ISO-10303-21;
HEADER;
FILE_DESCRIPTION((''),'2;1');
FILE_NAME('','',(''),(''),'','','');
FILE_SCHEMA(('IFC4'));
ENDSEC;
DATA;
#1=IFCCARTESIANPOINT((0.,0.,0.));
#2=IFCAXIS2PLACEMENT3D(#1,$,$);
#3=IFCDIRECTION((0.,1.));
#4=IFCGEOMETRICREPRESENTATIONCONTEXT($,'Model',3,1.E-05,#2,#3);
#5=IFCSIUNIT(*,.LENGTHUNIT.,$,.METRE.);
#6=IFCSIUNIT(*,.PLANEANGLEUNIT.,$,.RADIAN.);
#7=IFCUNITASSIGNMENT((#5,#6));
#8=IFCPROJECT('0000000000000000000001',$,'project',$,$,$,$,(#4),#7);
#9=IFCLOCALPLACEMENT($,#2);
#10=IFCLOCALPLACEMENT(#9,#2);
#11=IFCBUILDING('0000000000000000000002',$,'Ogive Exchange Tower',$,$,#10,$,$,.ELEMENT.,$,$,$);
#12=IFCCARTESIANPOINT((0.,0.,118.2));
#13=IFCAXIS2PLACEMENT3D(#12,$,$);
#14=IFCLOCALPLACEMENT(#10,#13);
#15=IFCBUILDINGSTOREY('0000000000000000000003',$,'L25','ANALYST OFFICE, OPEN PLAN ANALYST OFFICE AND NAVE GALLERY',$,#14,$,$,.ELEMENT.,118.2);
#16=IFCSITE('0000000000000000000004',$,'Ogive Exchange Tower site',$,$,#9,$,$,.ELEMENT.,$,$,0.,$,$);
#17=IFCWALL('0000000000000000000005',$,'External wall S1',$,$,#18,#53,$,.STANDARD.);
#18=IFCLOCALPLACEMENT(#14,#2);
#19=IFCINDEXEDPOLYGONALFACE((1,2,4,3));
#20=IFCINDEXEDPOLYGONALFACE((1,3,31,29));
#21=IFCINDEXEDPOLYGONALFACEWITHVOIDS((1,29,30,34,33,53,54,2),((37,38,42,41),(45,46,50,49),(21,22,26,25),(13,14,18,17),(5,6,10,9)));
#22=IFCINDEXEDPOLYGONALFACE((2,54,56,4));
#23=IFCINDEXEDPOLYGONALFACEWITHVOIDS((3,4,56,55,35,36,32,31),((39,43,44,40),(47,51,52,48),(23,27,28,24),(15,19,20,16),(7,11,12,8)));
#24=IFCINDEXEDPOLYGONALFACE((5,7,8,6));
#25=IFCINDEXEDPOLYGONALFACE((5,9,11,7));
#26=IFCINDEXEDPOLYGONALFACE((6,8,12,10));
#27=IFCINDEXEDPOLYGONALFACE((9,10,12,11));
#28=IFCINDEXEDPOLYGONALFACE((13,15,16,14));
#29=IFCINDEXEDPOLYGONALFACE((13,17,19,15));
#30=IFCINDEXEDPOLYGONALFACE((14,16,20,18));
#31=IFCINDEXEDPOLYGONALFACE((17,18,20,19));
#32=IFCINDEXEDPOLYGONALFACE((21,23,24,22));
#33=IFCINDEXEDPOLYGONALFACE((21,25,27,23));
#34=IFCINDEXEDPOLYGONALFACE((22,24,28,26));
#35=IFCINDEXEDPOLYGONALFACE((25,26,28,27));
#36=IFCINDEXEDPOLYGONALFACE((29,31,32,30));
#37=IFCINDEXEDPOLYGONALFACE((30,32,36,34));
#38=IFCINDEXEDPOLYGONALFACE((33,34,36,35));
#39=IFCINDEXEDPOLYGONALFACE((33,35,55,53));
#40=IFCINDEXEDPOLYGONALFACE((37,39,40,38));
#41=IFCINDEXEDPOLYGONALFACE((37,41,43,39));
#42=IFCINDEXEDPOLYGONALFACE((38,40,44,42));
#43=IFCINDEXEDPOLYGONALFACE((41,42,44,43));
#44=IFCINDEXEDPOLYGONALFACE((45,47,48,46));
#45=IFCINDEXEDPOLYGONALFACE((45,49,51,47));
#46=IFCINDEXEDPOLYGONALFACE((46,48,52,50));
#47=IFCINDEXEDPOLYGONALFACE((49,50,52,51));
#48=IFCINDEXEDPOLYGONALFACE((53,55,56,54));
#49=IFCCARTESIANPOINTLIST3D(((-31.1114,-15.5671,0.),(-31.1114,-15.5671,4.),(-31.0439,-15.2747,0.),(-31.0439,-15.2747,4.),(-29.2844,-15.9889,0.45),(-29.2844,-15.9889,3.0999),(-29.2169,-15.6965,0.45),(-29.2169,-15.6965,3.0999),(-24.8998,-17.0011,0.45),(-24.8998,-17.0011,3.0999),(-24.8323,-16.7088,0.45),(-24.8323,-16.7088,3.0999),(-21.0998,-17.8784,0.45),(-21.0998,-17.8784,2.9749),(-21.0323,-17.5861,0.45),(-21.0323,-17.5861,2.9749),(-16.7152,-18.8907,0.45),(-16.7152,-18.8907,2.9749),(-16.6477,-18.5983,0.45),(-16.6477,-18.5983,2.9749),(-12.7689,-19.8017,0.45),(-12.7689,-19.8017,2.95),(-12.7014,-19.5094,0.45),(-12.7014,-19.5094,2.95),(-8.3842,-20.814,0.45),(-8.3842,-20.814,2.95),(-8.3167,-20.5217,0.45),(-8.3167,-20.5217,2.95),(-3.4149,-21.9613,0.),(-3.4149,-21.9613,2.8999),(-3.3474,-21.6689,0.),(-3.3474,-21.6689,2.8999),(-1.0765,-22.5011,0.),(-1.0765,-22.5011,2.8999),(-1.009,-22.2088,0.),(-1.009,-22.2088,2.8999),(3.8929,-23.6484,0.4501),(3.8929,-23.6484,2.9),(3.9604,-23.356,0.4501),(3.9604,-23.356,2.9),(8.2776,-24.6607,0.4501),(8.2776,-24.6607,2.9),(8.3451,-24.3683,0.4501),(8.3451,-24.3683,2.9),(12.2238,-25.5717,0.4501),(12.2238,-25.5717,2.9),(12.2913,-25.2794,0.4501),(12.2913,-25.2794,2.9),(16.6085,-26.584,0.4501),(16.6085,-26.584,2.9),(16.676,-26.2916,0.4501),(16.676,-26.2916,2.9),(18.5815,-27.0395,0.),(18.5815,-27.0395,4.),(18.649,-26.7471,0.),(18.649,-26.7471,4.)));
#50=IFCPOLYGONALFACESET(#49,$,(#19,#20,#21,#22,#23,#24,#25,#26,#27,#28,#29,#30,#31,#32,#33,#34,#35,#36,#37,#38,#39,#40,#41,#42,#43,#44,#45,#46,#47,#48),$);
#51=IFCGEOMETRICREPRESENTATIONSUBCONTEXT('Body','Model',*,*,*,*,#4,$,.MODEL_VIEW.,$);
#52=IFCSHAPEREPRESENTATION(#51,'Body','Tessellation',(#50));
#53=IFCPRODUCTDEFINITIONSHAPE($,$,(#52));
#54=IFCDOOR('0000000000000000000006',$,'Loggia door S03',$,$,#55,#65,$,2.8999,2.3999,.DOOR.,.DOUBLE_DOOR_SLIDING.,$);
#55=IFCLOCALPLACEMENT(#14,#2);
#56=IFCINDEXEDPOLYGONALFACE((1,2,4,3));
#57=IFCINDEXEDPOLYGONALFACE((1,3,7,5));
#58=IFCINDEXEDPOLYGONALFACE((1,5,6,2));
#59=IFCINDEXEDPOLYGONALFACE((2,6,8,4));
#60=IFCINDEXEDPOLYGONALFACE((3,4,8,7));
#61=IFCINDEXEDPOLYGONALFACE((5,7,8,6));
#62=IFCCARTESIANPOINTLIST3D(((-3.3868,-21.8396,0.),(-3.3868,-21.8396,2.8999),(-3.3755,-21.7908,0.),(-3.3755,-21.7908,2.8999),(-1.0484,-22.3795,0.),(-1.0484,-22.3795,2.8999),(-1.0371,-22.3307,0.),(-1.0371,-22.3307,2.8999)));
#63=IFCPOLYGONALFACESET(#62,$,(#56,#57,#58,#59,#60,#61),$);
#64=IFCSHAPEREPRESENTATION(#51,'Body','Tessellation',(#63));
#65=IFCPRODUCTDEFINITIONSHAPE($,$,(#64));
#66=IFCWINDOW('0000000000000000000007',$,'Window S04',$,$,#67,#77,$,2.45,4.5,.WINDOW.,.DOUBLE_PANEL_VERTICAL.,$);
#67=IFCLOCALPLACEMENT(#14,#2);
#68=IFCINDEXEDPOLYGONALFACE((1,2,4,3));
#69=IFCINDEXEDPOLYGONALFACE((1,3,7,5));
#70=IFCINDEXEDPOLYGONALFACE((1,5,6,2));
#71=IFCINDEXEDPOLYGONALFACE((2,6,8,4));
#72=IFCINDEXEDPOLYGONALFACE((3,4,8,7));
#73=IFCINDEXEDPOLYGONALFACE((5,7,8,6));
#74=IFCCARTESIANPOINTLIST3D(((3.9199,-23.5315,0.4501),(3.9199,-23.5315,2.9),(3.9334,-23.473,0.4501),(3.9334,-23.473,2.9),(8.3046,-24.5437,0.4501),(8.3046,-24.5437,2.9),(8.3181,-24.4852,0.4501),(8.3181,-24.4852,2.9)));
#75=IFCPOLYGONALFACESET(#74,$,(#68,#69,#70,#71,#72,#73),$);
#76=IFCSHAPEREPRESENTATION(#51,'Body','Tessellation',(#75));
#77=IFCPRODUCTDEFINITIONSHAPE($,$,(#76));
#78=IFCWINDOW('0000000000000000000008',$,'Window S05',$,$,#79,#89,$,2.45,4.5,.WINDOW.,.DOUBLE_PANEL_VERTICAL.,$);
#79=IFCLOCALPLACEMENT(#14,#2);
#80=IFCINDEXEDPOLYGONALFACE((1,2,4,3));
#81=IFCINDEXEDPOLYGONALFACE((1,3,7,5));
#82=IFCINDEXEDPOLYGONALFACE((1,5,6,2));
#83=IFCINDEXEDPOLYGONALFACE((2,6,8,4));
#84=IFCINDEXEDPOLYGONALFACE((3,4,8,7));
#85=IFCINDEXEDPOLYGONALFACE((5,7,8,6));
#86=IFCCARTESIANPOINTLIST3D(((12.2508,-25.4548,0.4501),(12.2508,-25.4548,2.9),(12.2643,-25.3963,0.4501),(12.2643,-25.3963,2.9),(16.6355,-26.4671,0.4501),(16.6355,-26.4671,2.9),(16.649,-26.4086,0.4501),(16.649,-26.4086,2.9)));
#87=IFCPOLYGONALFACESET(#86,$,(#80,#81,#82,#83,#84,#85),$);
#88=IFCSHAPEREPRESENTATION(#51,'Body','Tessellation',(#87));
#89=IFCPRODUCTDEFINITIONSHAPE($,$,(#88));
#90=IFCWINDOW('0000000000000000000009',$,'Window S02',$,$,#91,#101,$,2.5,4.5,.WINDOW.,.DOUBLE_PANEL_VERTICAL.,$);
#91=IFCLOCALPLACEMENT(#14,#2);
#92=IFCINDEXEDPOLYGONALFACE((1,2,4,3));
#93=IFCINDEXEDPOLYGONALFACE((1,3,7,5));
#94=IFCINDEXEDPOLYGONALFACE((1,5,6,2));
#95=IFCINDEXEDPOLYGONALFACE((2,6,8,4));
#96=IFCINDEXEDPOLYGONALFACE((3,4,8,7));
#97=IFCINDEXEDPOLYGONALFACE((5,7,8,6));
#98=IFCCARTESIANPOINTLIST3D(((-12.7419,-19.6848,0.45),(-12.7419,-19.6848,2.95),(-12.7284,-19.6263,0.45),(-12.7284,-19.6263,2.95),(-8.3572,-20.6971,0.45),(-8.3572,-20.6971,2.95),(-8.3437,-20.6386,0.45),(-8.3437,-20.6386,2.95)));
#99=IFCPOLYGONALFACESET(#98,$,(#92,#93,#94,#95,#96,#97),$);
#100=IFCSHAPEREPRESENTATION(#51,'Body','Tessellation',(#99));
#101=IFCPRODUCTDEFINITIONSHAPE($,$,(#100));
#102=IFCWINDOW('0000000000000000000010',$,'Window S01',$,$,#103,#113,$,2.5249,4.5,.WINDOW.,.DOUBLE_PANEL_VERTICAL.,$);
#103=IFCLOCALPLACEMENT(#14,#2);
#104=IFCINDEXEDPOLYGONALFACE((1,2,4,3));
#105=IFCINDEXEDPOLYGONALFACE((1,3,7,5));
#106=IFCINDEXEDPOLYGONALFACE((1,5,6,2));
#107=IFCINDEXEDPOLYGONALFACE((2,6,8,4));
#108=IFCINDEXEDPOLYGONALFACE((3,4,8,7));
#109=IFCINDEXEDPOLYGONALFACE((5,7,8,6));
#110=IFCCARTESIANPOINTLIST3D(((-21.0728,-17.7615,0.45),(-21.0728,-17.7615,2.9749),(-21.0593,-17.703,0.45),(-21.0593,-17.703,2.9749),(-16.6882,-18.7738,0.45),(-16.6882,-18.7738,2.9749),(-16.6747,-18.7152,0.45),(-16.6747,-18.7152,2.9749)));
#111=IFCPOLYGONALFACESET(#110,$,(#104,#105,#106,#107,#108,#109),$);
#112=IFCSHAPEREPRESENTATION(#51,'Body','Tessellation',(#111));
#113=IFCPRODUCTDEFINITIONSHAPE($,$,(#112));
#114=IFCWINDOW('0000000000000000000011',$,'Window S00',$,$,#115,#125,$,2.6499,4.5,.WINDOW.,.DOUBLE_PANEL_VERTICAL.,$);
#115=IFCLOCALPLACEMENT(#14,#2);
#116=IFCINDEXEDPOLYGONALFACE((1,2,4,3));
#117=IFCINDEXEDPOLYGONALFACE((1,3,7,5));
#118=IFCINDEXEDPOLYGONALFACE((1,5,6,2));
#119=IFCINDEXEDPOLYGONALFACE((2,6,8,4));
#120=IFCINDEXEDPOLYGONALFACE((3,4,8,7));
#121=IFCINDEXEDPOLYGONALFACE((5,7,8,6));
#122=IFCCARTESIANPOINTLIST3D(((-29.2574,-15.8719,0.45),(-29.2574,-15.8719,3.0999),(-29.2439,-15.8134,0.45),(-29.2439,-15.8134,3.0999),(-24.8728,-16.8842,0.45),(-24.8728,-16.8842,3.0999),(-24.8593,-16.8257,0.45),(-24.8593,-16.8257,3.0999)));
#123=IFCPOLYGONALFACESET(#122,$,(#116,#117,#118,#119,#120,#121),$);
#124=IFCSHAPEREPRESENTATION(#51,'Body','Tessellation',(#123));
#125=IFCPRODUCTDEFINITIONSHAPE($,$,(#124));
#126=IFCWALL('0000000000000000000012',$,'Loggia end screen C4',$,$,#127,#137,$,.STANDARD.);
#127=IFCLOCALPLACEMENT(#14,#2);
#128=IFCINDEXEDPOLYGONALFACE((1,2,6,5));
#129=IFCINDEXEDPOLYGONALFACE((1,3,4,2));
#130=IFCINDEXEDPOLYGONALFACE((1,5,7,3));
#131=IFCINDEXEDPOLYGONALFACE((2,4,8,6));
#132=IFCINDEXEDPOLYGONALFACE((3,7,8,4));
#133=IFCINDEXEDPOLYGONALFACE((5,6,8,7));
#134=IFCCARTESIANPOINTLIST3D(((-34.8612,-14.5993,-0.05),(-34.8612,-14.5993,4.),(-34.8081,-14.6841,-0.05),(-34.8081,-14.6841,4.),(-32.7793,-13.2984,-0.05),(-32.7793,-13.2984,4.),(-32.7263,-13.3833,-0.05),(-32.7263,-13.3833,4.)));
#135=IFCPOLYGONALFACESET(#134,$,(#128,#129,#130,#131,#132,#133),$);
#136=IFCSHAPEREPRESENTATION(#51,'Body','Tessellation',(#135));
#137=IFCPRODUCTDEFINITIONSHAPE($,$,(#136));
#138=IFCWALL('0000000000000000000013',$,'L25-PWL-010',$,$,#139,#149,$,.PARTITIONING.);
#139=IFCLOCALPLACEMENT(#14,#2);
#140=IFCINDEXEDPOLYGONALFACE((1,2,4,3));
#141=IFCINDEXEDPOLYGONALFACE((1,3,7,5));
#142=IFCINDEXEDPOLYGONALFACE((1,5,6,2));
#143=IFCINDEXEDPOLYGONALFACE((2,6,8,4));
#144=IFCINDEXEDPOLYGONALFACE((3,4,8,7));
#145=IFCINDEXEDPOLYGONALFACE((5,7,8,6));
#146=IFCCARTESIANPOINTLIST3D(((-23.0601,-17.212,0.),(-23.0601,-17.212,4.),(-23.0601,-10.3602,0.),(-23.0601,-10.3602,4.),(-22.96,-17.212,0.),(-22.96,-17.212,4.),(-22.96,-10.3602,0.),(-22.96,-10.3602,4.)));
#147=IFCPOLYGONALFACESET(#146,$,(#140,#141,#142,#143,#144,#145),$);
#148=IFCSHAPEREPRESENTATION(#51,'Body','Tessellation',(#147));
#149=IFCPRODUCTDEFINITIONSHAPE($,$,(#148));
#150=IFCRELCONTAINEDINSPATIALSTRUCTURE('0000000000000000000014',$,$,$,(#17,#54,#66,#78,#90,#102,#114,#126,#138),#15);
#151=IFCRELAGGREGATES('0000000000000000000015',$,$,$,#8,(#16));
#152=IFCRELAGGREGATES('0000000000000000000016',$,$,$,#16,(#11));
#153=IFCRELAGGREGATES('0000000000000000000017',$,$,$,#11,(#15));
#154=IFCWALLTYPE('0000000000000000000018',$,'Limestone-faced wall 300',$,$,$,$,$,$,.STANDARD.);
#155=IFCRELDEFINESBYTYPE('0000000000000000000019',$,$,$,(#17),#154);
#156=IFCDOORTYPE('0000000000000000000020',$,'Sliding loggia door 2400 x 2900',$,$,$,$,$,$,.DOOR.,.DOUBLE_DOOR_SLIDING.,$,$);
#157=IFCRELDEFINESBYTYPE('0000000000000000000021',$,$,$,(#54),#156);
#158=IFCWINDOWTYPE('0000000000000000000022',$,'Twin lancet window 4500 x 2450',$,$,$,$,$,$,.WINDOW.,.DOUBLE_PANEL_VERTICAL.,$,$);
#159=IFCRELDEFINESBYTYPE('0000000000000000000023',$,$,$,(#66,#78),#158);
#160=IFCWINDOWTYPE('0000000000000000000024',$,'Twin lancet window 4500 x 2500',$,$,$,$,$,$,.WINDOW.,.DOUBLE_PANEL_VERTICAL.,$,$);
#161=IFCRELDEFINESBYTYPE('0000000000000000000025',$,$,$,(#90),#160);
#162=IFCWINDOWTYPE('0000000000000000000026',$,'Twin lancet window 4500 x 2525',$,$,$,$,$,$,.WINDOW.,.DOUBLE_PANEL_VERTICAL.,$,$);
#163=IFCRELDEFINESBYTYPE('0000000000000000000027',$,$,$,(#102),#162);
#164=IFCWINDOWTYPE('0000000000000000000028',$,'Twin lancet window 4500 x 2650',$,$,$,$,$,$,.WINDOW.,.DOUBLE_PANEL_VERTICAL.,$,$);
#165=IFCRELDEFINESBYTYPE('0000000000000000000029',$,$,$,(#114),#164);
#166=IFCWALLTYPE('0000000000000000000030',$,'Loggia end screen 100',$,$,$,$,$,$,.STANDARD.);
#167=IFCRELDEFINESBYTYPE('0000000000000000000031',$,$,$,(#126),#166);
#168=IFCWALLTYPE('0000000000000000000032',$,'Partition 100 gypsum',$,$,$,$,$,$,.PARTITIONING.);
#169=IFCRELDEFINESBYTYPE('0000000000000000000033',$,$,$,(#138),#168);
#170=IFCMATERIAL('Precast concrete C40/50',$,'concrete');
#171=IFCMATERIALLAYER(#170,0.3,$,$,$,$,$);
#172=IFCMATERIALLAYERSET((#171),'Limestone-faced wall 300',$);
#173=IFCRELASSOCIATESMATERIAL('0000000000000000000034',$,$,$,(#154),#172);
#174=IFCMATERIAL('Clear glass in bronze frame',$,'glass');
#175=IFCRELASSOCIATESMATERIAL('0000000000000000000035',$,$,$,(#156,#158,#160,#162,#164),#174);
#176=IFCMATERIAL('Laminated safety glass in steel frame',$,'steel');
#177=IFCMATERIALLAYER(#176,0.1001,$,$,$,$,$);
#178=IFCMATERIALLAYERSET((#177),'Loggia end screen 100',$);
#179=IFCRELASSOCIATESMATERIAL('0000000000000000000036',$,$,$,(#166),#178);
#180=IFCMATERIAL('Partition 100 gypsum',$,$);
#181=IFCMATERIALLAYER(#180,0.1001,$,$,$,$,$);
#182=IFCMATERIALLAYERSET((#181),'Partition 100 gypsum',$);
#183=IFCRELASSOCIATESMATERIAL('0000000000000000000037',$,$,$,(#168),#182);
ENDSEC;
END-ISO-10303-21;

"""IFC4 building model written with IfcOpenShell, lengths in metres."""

from ifc_helpers import new_model, si_unit, direction, frame, frame_2d, origin, place, context, subcontext, project, spatial, rectangle, extrude, material, layer, layer_set, type_object, element, fill, save


model = new_model("IFC4")

# Units and contexts
model_context = context("Model", 3, precision=1e-05, world=origin(), true_north=direction((0.0, 1.0)))
body_context = subcontext(model_context, "Body", "Model", "MODEL_VIEW")
ifc_project = project(units=[si_unit("LENGTHUNIT", "METRE"), si_unit("PLANEANGLEUNIT", "RADIAN")], contexts=[model_context])

# Site, building, storey
site_placement = place(None, origin())
site = spatial("IfcSite", under=ifc_project, at=site_placement, Name="Ogive Exchange Tower site", CompositionType="ELEMENT", RefElevation=0.0)
building_placement = place(site_placement, origin())
building = spatial("IfcBuilding", under=site, at=building_placement, Name="Ogive Exchange Tower", CompositionType="ELEMENT")
storey_placement = place(building_placement, frame((0.0, 0.0, 118.2)))
storey = spatial("IfcBuildingStorey", under=building, at=storey_placement, Name="L25", Description="ANALYST OFFICE, OPEN PLAN ANALYST OFFICE AND NAVE GALLERY", CompositionType="ELEMENT", Elevation=118.2)

# Wall, openings, door, windows
ifc_material_1 = material(Name="Precast concrete C40/50", Category="concrete")
ifc_layer_1 = layer(ifc_material_1, 0.3)
ifc_layer_set_1 = layer_set([ifc_layer_1], Name="Limestone-faced wall 300")
wall_type_1 = type_object("IfcWallType", Name="Limestone-faced wall 300", PredefinedType="STANDARD", material=ifc_layer_set_1)
wall_1_placement = place(storey_placement, frame((-31.0776, -15.4209, 0.0), z_axis=(0.0, 0.0, 1.0), x_axis=(0.97437, -0.224949, 0.0)))
wall_1 = element("IfcWall", 1, at=wall_1_placement, inside=storey, type_object=wall_type_1, Name="External wall S1", PredefinedType="STANDARD", context=body_context, shape_type="SweptSolid", body=[
    extrude(rectangle(XDim=51.0, YDim=0.3, at=frame_2d((25.5, 0.0))), origin(), (0.0, 0.0, 1.0), 4.0),
])
opening_1_placement = place(wall_1_placement, frame((1.875, 0.0, 0.45)))
opening_1 = element("IfcOpeningElement", 2, at=opening_1_placement, cuts=wall_1, PredefinedType="OPENING", context=body_context, shape_type="SweptSolid", body=[
    extrude(rectangle(XDim=4.5, YDim=2.6499, at=frame_2d((2.25, 1.325))), frame((0.0, 0.1599, 0.0), z_axis=(0.0, -1.0, 0.0), x_axis=(1.0, 0.0, 0.0)), (0.0, 0.0, 1.0), 0.3201),
])
opening_2_placement = place(wall_1_placement, frame((10.2749, 0.0, 0.45)))
opening_2 = element("IfcOpeningElement", 3, at=opening_2_placement, cuts=wall_1, PredefinedType="OPENING", context=body_context, shape_type="SweptSolid", body=[
    extrude(rectangle(XDim=4.5, YDim=2.5249, at=frame_2d((2.25, 1.2625))), frame((0.0, 0.1599, 0.0), z_axis=(0.0, -1.0, 0.0), x_axis=(1.0, 0.0, 0.0)), (0.0, 0.0, 1.0), 0.3201),
])
opening_3_placement = place(wall_1_placement, frame((18.825, 0.0, 0.45)))
opening_3 = element("IfcOpeningElement", 4, at=opening_3_placement, cuts=wall_1, PredefinedType="OPENING", context=body_context, shape_type="SweptSolid", body=[
    extrude(rectangle(XDim=4.5, YDim=2.5, at=frame_2d((2.25, 1.25))), frame((0.0, 0.1599, 0.0), z_axis=(0.0, -1.0, 0.0), x_axis=(1.0, 0.0, 0.0)), (0.0, 0.0, 1.0), 0.3201),
])
opening_4_placement = place(wall_1_placement, frame((28.425, 0.0, 0.0)))
opening_4 = element("IfcOpeningElement", 5, at=opening_4_placement, cuts=wall_1, PredefinedType="OPENING", context=body_context, shape_type="SweptSolid", body=[
    extrude(rectangle(XDim=2.3999, YDim=2.8999, at=frame_2d((1.2, 1.45))), frame((0.0, 0.1599, 0.0), z_axis=(0.0, -1.0, 0.0), x_axis=(1.0, 0.0, 0.0)), (0.0, 0.0, 1.0), 0.3201),
])
opening_5_placement = place(wall_1_placement, frame((35.925, 0.0, 0.45)))
opening_5 = element("IfcOpeningElement", 6, at=opening_5_placement, cuts=wall_1, PredefinedType="OPENING", context=body_context, shape_type="SweptSolid", body=[
    extrude(rectangle(XDim=4.5, YDim=2.45, at=frame_2d((2.25, 1.2251))), frame((0.0, 0.1599, 0.0), z_axis=(0.0, -1.0, 0.0), x_axis=(1.0, 0.0, 0.0)), (0.0, 0.0, 1.0), 0.3201),
])
opening_6_placement = place(wall_1_placement, frame((44.4751, 0.0, 0.45)))
opening_6 = element("IfcOpeningElement", 7, at=opening_6_placement, cuts=wall_1, PredefinedType="OPENING", context=body_context, shape_type="SweptSolid", body=[
    extrude(rectangle(XDim=4.5, YDim=2.45, at=frame_2d((2.25, 1.2251))), frame((0.0, 0.1599, 0.0), z_axis=(0.0, -1.0, 0.0), x_axis=(1.0, 0.0, 0.0)), (0.0, 0.0, 1.0), 0.3201),
])
ifc_material_2 = material(Name="Clear glass in bronze frame", Category="glass")
door_type_1 = type_object("IfcDoorType", Name="Sliding loggia door 2400 x 2900", OperationType="DOUBLE_DOOR_SLIDING", PredefinedType="DOOR", material=ifc_material_2)
door_1_placement = place(opening_4_placement, origin())
door_1 = element("IfcDoor", 8, at=door_1_placement, inside=storey, type_object=door_type_1, Name="Loggia door S03", OperationType="DOUBLE_DOOR_SLIDING", OverallHeight=2.8999, OverallWidth=2.3999, PredefinedType="DOOR", context=body_context, shape_type="SweptSolid", body=[
    extrude(rectangle(XDim=2.3999, YDim=2.8999, at=frame_2d((1.2, 1.45))), frame((0.0, 0.0249, 0.0), z_axis=(0.0, -1.0, 0.0), x_axis=(1.0, 0.0, 0.0)), (0.0, 0.0, 1.0), 0.05),
])
fill(opening_4, door_1)
window_type_1 = type_object("IfcWindowType", Name="Twin lancet window 4500 x 2450", PartitioningType="DOUBLE_PANEL_VERTICAL", PredefinedType="WINDOW", material=ifc_material_2)
window_1_placement = place(opening_5_placement, origin())
window_1 = element("IfcWindow", 9, at=window_1_placement, inside=storey, type_object=window_type_1, Name="Window S04", OverallHeight=2.45, OverallWidth=4.5, PartitioningType="DOUBLE_PANEL_VERTICAL", PredefinedType="WINDOW", context=body_context, shape_type="SweptSolid", body=[
    extrude(rectangle(XDim=4.5, YDim=2.45, at=frame_2d((2.25, 1.2251))), frame((0.0, 0.03, 0.0), z_axis=(0.0, -1.0, 0.0), x_axis=(1.0, 0.0, 0.0)), (0.0, 0.0, 1.0), 0.0601),
])
fill(opening_5, window_1)
window_2_placement = place(opening_6_placement, origin())
window_2 = element("IfcWindow", 10, at=window_2_placement, inside=storey, type_object=window_type_1, Name="Window S05", OverallHeight=2.45, OverallWidth=4.5, PartitioningType="DOUBLE_PANEL_VERTICAL", PredefinedType="WINDOW", context=body_context, shape_type="SweptSolid", body=[
    extrude(rectangle(XDim=4.5, YDim=2.45, at=frame_2d((2.25, 1.2251))), frame((0.0, 0.03, 0.0), z_axis=(0.0, -1.0, 0.0), x_axis=(1.0, 0.0, 0.0)), (0.0, 0.0, 1.0), 0.0601),
])
fill(opening_6, window_2)
window_type_2 = type_object("IfcWindowType", Name="Twin lancet window 4500 x 2500", PartitioningType="DOUBLE_PANEL_VERTICAL", PredefinedType="WINDOW", material=ifc_material_2)
window_3_placement = place(opening_3_placement, origin())
window_3 = element("IfcWindow", 11, at=window_3_placement, inside=storey, type_object=window_type_2, Name="Window S02", OverallHeight=2.5, OverallWidth=4.5, PartitioningType="DOUBLE_PANEL_VERTICAL", PredefinedType="WINDOW", context=body_context, shape_type="SweptSolid", body=[
    extrude(rectangle(XDim=4.5, YDim=2.5, at=frame_2d((2.25, 1.25))), frame((0.0, 0.03, 0.0), z_axis=(0.0, -1.0, 0.0), x_axis=(1.0, 0.0, 0.0)), (0.0, 0.0, 1.0), 0.0601),
])
fill(opening_3, window_3)
window_type_3 = type_object("IfcWindowType", Name="Twin lancet window 4500 x 2525", PartitioningType="DOUBLE_PANEL_VERTICAL", PredefinedType="WINDOW", material=ifc_material_2)
window_4_placement = place(opening_2_placement, origin())
window_4 = element("IfcWindow", 12, at=window_4_placement, inside=storey, type_object=window_type_3, Name="Window S01", OverallHeight=2.5249, OverallWidth=4.5, PartitioningType="DOUBLE_PANEL_VERTICAL", PredefinedType="WINDOW", context=body_context, shape_type="SweptSolid", body=[
    extrude(rectangle(XDim=4.5, YDim=2.5249, at=frame_2d((2.25, 1.2625))), frame((0.0, 0.03, 0.0), z_axis=(0.0, -1.0, 0.0), x_axis=(1.0, 0.0, 0.0)), (0.0, 0.0, 1.0), 0.0601),
])
fill(opening_2, window_4)
window_type_4 = type_object("IfcWindowType", Name="Twin lancet window 4500 x 2650", PartitioningType="DOUBLE_PANEL_VERTICAL", PredefinedType="WINDOW", material=ifc_material_2)
window_5_placement = place(opening_1_placement, origin())
window_5 = element("IfcWindow", 13, at=window_5_placement, inside=storey, type_object=window_type_4, Name="Window S00", OverallHeight=2.6499, OverallWidth=4.5, PartitioningType="DOUBLE_PANEL_VERTICAL", PredefinedType="WINDOW", context=body_context, shape_type="SweptSolid", body=[
    extrude(rectangle(XDim=4.5, YDim=2.6499, at=frame_2d((2.25, 1.325))), frame((0.0, 0.03, 0.0), z_axis=(0.0, -1.0, 0.0), x_axis=(1.0, 0.0, 0.0)), (0.0, 0.0, 1.0), 0.0601),
])
fill(opening_1, window_5)

# Walls
ifc_material_3 = material(Name="Laminated safety glass in steel frame", Category="steel")
ifc_layer_2 = layer(ifc_material_3, 0.1001)
ifc_layer_set_2 = layer_set([ifc_layer_2], Name="Loggia end screen 100")
wall_type_2 = type_object("IfcWallType", Name="Loggia end screen 100", PredefinedType="STANDARD", material=ifc_layer_set_2)
wall_2_placement = place(storey_placement, frame((-32.7527, -13.3408, -0.05), z_axis=(0.0, 0.0, 1.0), x_axis=(-0.84806, -0.529901, 0.0)))
element("IfcWall", 14, at=wall_2_placement, inside=storey, type_object=wall_type_2, Name="Loggia end screen C4", PredefinedType="STANDARD", context=body_context, shape_type="SweptSolid", body=[
    extrude(rectangle(XDim=2.4548, YDim=0.1001, at=frame_2d((1.2275, 0.0))), origin(), (0.0, 0.0, 1.0), 4.05),
])
ifc_material_4 = material(Name="Partition 100 gypsum")
ifc_layer_3 = layer(ifc_material_4, 0.1001)
ifc_layer_set_3 = layer_set([ifc_layer_3], Name="Partition 100 gypsum")
wall_type_3 = type_object("IfcWallType", Name="Partition 100 gypsum", PredefinedType="PARTITIONING", material=ifc_layer_set_3)
wall_3_placement = place(storey_placement, frame((-23.01, -17.2119, 0.0), z_axis=(0.0, 0.0, 1.0), x_axis=(0.0, 1.0, 0.0)))
element("IfcWall", 15, at=wall_3_placement, inside=storey, type_object=wall_type_3, Name="L25-PWL-010", PredefinedType="PARTITIONING", context=body_context, shape_type="SweptSolid", body=[
    extrude(rectangle(XDim=6.8518, YDim=0.1001, at=frame_2d((3.4258, 0.0))), origin(), (0.0, 0.0, 1.0), 4.0),
])

save(model, "model.ifc")
